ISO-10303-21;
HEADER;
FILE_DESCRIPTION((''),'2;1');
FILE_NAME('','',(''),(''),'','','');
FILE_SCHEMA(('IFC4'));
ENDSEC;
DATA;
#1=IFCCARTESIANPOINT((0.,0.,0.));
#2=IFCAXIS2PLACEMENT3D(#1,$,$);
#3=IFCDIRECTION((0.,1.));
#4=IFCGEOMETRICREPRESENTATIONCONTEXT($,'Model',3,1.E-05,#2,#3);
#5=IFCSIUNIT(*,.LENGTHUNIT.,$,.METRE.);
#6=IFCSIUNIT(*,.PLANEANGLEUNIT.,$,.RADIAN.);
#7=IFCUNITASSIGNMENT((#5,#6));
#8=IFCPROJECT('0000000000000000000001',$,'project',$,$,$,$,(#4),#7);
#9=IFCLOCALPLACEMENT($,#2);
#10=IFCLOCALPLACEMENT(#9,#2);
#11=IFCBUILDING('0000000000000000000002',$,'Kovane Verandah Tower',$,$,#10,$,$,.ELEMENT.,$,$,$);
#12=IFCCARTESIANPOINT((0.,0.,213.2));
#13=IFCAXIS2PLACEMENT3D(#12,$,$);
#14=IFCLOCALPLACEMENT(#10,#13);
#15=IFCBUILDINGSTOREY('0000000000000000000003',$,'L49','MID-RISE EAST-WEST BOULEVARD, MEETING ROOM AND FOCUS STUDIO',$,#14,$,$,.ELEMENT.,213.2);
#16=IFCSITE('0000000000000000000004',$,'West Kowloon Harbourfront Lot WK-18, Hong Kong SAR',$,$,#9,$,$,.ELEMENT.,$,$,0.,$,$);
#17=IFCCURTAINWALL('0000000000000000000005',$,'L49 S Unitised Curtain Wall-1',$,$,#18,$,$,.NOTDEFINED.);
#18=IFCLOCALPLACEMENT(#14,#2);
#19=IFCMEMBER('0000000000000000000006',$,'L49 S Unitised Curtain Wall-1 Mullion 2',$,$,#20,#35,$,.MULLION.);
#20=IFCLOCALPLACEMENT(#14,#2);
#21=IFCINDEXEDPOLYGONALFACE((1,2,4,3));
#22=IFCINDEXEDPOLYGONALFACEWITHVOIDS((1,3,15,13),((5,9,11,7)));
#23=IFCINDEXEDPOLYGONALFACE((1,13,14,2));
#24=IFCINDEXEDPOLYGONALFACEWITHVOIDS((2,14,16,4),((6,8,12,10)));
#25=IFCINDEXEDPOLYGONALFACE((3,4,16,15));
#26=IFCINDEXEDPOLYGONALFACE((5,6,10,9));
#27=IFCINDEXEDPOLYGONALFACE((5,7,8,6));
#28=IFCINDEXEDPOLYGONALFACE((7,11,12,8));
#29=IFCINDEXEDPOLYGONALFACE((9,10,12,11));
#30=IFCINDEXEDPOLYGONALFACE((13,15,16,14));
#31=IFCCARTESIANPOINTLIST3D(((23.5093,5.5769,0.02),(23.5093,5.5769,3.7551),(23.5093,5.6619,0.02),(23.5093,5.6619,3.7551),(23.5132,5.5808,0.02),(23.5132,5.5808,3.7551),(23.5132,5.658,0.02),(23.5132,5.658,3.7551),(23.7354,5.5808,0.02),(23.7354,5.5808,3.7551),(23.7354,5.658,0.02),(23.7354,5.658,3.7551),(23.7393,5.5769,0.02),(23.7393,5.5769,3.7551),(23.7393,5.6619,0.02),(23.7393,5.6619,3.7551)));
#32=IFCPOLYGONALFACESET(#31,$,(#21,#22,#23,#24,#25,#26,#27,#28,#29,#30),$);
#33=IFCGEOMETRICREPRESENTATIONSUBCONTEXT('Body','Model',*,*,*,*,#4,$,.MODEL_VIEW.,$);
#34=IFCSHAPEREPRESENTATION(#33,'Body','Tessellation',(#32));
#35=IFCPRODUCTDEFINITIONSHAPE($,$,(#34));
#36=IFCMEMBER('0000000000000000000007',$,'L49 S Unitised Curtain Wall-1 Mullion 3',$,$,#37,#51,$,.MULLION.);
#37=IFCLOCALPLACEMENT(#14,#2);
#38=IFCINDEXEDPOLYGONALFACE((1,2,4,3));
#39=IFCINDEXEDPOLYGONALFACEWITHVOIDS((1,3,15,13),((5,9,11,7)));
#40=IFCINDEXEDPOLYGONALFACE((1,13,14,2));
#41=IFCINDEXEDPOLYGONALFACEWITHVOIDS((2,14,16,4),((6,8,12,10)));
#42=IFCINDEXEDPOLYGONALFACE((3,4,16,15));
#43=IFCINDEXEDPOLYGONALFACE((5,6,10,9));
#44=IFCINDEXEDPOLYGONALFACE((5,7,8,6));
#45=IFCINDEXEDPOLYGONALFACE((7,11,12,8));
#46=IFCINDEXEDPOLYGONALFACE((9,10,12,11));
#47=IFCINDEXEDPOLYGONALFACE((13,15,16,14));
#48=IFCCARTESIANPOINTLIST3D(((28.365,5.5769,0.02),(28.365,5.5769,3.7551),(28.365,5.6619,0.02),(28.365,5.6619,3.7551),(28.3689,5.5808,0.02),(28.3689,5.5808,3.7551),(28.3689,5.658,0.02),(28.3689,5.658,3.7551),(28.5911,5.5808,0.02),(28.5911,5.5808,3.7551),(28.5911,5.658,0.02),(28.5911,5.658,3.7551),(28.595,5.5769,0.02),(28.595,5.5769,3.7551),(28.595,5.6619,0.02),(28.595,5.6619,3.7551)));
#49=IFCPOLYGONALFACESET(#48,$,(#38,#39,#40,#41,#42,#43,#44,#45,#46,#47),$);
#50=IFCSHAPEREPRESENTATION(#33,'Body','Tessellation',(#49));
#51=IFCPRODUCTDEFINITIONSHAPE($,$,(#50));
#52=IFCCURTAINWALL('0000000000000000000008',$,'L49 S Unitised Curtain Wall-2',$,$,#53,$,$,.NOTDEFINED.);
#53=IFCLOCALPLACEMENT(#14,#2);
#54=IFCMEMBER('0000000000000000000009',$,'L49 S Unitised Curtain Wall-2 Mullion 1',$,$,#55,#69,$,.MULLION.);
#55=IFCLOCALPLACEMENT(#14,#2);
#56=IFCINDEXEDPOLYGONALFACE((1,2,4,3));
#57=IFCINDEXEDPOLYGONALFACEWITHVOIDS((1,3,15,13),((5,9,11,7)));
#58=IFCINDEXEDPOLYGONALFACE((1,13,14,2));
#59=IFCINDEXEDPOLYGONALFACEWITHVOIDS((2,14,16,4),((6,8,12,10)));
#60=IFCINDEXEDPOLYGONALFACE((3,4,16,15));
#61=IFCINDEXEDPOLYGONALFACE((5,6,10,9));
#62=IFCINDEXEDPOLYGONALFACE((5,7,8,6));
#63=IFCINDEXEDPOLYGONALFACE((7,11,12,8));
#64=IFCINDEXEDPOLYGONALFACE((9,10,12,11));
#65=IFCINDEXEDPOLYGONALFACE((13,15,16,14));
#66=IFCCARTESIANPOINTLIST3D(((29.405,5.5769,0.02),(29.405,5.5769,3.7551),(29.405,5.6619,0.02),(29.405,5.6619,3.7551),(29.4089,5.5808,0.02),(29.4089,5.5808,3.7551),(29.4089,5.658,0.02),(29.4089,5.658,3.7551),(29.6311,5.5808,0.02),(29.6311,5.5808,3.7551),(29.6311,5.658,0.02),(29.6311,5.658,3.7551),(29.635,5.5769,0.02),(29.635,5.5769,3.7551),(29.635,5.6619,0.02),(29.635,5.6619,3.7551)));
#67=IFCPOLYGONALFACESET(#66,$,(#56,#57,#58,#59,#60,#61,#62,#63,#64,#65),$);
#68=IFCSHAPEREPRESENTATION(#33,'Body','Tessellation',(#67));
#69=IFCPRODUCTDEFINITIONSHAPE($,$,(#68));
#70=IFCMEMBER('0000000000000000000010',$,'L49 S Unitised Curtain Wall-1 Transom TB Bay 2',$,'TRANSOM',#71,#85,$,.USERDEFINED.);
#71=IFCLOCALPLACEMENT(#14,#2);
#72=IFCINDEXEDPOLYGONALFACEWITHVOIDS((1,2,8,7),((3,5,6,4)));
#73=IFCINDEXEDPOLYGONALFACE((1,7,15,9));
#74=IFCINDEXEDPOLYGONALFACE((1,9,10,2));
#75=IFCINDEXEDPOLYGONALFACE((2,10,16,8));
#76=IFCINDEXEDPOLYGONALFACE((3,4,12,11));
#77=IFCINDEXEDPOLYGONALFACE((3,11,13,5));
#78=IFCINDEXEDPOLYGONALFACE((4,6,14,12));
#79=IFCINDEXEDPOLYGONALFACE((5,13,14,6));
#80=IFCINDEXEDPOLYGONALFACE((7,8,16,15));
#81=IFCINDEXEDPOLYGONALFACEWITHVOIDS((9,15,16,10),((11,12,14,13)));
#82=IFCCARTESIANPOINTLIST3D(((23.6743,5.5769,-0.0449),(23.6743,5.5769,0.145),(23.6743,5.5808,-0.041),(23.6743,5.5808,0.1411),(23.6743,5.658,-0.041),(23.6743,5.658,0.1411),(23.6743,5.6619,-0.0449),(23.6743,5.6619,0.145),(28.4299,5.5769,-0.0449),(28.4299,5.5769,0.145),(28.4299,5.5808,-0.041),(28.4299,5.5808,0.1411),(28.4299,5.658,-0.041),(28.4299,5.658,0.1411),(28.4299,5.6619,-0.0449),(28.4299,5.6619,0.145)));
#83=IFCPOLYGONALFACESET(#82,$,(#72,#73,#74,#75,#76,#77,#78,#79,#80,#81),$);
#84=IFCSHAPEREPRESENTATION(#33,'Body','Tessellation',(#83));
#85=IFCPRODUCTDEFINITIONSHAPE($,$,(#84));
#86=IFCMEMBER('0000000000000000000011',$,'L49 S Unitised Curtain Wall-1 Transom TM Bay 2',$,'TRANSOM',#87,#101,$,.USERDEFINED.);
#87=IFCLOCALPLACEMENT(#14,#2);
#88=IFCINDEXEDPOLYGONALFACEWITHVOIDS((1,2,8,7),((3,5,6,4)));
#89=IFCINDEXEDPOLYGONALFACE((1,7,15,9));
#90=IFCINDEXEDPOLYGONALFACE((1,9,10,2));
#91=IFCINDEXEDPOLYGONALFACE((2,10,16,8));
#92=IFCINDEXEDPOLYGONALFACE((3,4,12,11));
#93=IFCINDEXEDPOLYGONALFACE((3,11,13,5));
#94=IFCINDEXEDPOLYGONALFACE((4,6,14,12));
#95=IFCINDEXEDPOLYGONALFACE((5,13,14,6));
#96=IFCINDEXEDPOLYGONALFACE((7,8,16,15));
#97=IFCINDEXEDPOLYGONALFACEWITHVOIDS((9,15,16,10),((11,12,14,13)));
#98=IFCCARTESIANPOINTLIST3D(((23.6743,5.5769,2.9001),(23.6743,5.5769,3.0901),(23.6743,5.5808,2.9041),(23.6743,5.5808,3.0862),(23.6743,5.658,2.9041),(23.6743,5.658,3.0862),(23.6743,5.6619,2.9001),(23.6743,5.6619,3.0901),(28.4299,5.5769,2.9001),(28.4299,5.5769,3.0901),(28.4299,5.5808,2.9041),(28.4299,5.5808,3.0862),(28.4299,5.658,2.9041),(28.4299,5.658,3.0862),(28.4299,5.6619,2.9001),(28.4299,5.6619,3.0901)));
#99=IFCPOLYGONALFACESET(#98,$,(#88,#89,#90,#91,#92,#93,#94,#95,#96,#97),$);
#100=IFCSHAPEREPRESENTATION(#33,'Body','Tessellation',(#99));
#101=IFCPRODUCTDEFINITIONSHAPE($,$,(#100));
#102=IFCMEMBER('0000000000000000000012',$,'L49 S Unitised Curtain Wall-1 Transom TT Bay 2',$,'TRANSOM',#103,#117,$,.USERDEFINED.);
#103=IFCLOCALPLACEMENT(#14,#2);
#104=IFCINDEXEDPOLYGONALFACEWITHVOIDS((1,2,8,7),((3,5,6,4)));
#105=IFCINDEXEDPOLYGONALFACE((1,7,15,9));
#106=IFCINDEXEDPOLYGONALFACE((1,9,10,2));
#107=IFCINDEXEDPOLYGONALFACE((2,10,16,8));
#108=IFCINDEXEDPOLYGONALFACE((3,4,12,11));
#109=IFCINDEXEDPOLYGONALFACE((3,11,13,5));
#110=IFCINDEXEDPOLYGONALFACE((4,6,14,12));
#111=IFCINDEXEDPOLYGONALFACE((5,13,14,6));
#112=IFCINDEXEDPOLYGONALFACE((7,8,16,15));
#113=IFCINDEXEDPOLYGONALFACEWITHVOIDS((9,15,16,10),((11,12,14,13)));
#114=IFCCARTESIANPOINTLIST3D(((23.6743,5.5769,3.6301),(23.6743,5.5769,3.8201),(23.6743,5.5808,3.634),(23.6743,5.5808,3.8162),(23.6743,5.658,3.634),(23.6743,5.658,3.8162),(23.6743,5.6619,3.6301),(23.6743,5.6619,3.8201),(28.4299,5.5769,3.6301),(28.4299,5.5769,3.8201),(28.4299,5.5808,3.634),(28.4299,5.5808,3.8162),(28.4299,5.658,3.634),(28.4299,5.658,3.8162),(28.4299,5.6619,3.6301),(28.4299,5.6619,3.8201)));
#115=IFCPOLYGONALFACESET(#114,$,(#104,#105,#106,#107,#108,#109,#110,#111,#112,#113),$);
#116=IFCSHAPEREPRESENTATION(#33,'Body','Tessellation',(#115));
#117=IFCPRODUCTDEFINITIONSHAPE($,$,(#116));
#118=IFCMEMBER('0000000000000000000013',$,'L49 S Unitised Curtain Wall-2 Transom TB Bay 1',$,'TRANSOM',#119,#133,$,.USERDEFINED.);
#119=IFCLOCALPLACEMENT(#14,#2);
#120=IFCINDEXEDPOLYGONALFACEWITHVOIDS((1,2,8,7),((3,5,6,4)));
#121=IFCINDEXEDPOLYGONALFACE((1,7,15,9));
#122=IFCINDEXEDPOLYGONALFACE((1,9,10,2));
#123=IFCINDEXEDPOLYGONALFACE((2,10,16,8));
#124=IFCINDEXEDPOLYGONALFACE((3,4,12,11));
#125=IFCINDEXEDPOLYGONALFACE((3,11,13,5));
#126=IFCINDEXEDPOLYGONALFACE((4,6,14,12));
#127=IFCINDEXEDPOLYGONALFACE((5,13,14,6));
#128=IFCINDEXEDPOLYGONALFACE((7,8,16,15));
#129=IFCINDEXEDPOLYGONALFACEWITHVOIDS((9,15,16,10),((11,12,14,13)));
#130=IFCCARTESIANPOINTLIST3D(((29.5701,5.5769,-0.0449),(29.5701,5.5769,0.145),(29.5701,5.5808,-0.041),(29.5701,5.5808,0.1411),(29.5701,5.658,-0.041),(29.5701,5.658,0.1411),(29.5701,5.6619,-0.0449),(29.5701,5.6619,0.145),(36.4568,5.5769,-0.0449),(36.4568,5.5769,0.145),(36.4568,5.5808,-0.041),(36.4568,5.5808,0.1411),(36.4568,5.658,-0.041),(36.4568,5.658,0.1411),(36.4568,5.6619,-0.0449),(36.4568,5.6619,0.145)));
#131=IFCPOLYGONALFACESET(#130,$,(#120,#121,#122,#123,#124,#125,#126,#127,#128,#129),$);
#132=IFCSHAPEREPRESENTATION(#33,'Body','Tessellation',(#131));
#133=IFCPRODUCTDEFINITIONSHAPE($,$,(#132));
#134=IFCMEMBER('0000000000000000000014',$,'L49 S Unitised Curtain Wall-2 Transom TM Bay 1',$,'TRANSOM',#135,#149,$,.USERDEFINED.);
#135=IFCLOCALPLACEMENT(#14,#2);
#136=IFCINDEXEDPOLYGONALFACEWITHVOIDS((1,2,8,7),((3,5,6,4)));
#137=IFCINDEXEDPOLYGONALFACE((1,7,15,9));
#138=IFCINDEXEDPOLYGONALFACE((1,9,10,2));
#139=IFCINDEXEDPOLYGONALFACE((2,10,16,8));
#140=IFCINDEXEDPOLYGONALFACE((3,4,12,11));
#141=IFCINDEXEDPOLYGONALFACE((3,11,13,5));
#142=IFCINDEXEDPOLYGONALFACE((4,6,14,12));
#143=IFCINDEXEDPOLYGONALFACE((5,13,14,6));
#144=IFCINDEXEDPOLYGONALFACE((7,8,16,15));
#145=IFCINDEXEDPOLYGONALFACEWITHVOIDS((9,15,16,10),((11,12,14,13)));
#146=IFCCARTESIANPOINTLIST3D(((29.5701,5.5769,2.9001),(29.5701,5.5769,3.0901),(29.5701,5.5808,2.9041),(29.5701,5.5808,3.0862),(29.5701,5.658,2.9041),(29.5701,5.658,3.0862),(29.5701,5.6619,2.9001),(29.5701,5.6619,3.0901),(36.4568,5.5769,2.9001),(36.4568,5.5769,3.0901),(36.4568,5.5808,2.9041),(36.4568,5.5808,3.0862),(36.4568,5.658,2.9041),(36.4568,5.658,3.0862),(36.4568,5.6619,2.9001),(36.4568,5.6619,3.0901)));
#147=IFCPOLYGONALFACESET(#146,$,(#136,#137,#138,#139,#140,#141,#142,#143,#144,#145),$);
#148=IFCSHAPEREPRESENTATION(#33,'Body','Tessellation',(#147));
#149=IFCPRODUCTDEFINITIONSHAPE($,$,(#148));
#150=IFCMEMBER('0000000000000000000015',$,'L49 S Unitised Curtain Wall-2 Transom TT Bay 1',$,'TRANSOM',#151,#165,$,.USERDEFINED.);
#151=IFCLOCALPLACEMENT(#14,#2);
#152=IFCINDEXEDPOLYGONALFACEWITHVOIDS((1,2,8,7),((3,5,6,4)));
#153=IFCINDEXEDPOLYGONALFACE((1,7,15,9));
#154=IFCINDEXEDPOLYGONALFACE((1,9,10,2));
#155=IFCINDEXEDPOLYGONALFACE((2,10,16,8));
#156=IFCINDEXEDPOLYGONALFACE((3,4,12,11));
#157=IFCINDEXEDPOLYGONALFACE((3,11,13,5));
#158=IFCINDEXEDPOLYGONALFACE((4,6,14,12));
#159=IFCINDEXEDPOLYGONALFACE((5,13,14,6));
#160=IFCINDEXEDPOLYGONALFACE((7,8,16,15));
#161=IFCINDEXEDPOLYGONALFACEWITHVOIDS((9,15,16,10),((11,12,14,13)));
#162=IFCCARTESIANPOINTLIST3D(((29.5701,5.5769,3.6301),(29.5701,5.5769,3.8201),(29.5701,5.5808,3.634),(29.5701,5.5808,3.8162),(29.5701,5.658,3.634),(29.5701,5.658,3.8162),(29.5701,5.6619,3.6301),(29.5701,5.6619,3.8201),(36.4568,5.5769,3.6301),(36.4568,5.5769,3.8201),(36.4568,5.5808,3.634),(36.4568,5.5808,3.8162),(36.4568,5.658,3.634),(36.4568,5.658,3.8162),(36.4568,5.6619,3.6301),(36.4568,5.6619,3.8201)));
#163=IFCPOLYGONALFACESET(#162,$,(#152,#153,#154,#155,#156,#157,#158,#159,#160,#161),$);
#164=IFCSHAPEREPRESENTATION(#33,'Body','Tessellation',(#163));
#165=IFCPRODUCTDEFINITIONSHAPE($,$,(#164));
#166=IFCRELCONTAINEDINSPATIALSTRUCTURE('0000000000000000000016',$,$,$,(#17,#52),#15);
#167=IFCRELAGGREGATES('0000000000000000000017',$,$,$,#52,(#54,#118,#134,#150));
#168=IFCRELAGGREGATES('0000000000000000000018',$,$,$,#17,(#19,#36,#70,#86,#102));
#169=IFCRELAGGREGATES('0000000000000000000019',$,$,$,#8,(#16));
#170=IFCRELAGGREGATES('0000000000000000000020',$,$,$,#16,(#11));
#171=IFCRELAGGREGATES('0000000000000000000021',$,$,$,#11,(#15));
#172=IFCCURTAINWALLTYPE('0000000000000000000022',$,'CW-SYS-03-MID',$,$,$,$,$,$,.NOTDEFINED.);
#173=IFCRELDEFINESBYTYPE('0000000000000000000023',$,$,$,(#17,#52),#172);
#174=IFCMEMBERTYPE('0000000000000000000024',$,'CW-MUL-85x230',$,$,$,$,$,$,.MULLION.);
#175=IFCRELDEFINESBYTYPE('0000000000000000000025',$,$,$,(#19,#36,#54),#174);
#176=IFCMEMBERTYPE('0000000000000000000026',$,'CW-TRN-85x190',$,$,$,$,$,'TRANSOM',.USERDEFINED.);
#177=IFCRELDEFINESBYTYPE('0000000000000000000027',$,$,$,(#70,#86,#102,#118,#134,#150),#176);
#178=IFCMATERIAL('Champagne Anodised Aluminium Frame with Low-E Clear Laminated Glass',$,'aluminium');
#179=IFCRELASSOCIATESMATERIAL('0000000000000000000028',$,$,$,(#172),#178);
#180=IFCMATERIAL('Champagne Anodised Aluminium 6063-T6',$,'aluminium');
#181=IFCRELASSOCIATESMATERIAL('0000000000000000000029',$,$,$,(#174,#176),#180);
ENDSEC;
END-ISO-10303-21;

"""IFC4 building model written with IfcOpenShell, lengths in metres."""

from ifc_helpers import new_model, si_unit, direction, frame, origin, origin_2d, place, context, subcontext, project, spatial, hollow_rectangle, extrude, material, material_profile, profile_set, type_object, element, aggregate, save


model = new_model("IFC4")

# Units and contexts
model_context = context("Model", 3, precision=1e-05, world=origin(), true_north=direction((0.0, 1.0)))
body_context = subcontext(model_context, "Body", "Model", "MODEL_VIEW")
ifc_project = project(units=[si_unit("LENGTHUNIT", "METRE"), si_unit("PLANEANGLEUNIT", "RADIAN")], contexts=[model_context])

# Site, building, storey
site_placement = place(None, origin())
site = spatial("IfcSite", under=ifc_project, at=site_placement, Name="West Kowloon Harbourfront Lot WK-18, Hong Kong SAR", CompositionType="ELEMENT", RefElevation=0.0)
building_placement = place(site_placement, origin())
building = spatial("IfcBuilding", under=site, at=building_placement, Name="Kovane Verandah Tower", CompositionType="ELEMENT")
storey_placement = place(building_placement, frame((0.0, 0.0, 213.2)))
storey = spatial("IfcBuildingStorey", under=building, at=storey_placement, Name="L49", Description="MID-RISE EAST-WEST BOULEVARD, MEETING ROOM AND FOCUS STUDIO", CompositionType="ELEMENT", Elevation=213.2)

# Curtain wall, members
ifc_material_1 = material(Name="Champagne Anodised Aluminium Frame with Low-E Clear Laminated Glass", Category="aluminium")
curtain_wall_type = type_object("IfcCurtainWallType", Name="CW-SYS-03-MID", PredefinedType="NOTDEFINED", material=ifc_material_1)
curtain_wall_1_placement = place(storey_placement, origin())
curtain_wall_1 = element("IfcCurtainWall", 1, at=curtain_wall_1_placement, inside=storey, type_object=curtain_wall_type, Name="L49 S Unitised Curtain Wall-1", PredefinedType="NOTDEFINED")
ifc_material_2 = material(Name="Champagne Anodised Aluminium 6063-T6", Category="aluminium")
ifc_material_profile_1 = material_profile(ifc_material_2, hollow_rectangle(XDim=0.085, YDim=0.23, WallThickness=0.0039, at=origin_2d()), Name="AL85x230x4")
ifc_profile_set_1 = profile_set([ifc_material_profile_1], Name="Champagne Anodised Aluminium 6063-T6")
member_type_1 = type_object("IfcMemberType", Name="CW-MUL-85x230", PredefinedType="MULLION", material=ifc_profile_set_1)
member_1_placement = place(storey_placement, frame((23.6243, 5.6194, 0.02), z_axis=(0.0, 0.0, 1.0), x_axis=(0.0, -1.0, 0.0)))
member_1 = element("IfcMember", 2, at=member_1_placement, type_object=member_type_1, Name="L49 S Unitised Curtain Wall-1 Mullion 2", PredefinedType="MULLION", context=body_context, shape_type="SweptSolid", body=[
    extrude(hollow_rectangle(XDim=0.085, YDim=0.23, WallThickness=0.0039, at=origin_2d()), origin(), (0.0, 0.0, 1.0), 3.7351),
])
member_2_placement = place(storey_placement, frame((28.48, 5.6194, 0.02), z_axis=(0.0, 0.0, 1.0), x_axis=(0.0, -1.0, 0.0)))
member_2 = element("IfcMember", 3, at=member_2_placement, type_object=member_type_1, Name="L49 S Unitised Curtain Wall-1 Mullion 3", PredefinedType="MULLION", context=body_context, shape_type="SweptSolid", body=[
    extrude(hollow_rectangle(XDim=0.085, YDim=0.23, WallThickness=0.0039, at=origin_2d()), origin(), (0.0, 0.0, 1.0), 3.7351),
])

# Curtain wall, member
curtain_wall_2_placement = place(storey_placement, origin())
curtain_wall_2 = element("IfcCurtainWall", 4, at=curtain_wall_2_placement, inside=storey, type_object=curtain_wall_type, Name="L49 S Unitised Curtain Wall-2", PredefinedType="NOTDEFINED")
member_3_placement = place(storey_placement, frame((29.52, 5.6194, 0.02), z_axis=(0.0, 0.0, 1.0), x_axis=(0.0, -1.0, 0.0)))
member_3 = element("IfcMember", 5, at=member_3_placement, type_object=member_type_1, Name="L49 S Unitised Curtain Wall-2 Mullion 1", PredefinedType="MULLION", context=body_context, shape_type="SweptSolid", body=[
    extrude(hollow_rectangle(XDim=0.085, YDim=0.23, WallThickness=0.0039, at=origin_2d()), origin(), (0.0, 0.0, 1.0), 3.7351),
])

# Members
ifc_material_profile_2 = material_profile(ifc_material_2, hollow_rectangle(XDim=0.085, YDim=0.1899, WallThickness=0.0039, at=origin_2d()), Name="AL85x190x4")
ifc_profile_set_2 = profile_set([ifc_material_profile_2], Name="Champagne Anodised Aluminium 6063-T6")
member_type_2 = type_object("IfcMemberType", Name="CW-TRN-85x190", ElementType="TRANSOM", PredefinedType="USERDEFINED", material=ifc_profile_set_2)
member_4_placement = place(storey_placement, frame((23.6743, 5.6194, 0.05), z_axis=(1.0, 0.0, 0.0), x_axis=(0.0, 1.0, 0.0)))
member_4 = element("IfcMember", 6, at=member_4_placement, type_object=member_type_2, Name="L49 S Unitised Curtain Wall-1 Transom TB Bay 2", ObjectType="TRANSOM", PredefinedType="USERDEFINED", context=body_context, shape_type="SweptSolid", body=[
    extrude(hollow_rectangle(XDim=0.085, YDim=0.1899, WallThickness=0.0039, at=origin_2d()), origin(), (0.0, 0.0, 1.0), 4.7556),
])
member_5_placement = place(storey_placement, frame((23.6743, 5.6194, 2.9951), z_axis=(1.0, 0.0, 0.0), x_axis=(0.0, 1.0, 0.0)))
member_5 = element("IfcMember", 7, at=member_5_placement, type_object=member_type_2, Name="L49 S Unitised Curtain Wall-1 Transom TM Bay 2", ObjectType="TRANSOM", PredefinedType="USERDEFINED", context=body_context, shape_type="SweptSolid", body=[
    extrude(hollow_rectangle(XDim=0.085, YDim=0.1899, WallThickness=0.0039, at=origin_2d()), origin(), (0.0, 0.0, 1.0), 4.7556),
])
member_6_placement = place(storey_placement, frame((23.6743, 5.6194, 3.7251), z_axis=(1.0, 0.0, 0.0), x_axis=(0.0, 1.0, 0.0)))
member_6 = element("IfcMember", 8, at=member_6_placement, type_object=member_type_2, Name="L49 S Unitised Curtain Wall-1 Transom TT Bay 2", ObjectType="TRANSOM", PredefinedType="USERDEFINED", context=body_context, shape_type="SweptSolid", body=[
    extrude(hollow_rectangle(XDim=0.085, YDim=0.1899, WallThickness=0.0039, at=origin_2d()), origin(), (0.0, 0.0, 1.0), 4.7556),
])
member_7_placement = place(storey_placement, frame((29.5701, 5.6194, 0.05), z_axis=(1.0, 0.0, 0.0), x_axis=(0.0, 1.0, 0.0)))
member_7 = element("IfcMember", 9, at=member_7_placement, type_object=member_type_2, Name="L49 S Unitised Curtain Wall-2 Transom TB Bay 1", ObjectType="TRANSOM", PredefinedType="USERDEFINED", context=body_context, shape_type="SweptSolid", body=[
    extrude(hollow_rectangle(XDim=0.085, YDim=0.1899, WallThickness=0.0039, at=origin_2d()), origin(), (0.0, 0.0, 1.0), 6.8867),
])
member_8_placement = place(storey_placement, frame((29.5701, 5.6194, 2.9951), z_axis=(1.0, 0.0, 0.0), x_axis=(0.0, 1.0, 0.0)))
member_8 = element("IfcMember", 10, at=member_8_placement, type_object=member_type_2, Name="L49 S Unitised Curtain Wall-2 Transom TM Bay 1", ObjectType="TRANSOM", PredefinedType="USERDEFINED", context=body_context, shape_type="SweptSolid", body=[
    extrude(hollow_rectangle(XDim=0.085, YDim=0.1899, WallThickness=0.0039, at=origin_2d()), origin(), (0.0, 0.0, 1.0), 6.8867),
])
member_9_placement = place(storey_placement, frame((29.5701, 5.6194, 3.7251), z_axis=(1.0, 0.0, 0.0), x_axis=(0.0, 1.0, 0.0)))
member_9 = element("IfcMember", 11, at=member_9_placement, type_object=member_type_2, Name="L49 S Unitised Curtain Wall-2 Transom TT Bay 1", ObjectType="TRANSOM", PredefinedType="USERDEFINED", context=body_context, shape_type="SweptSolid", body=[
    extrude(hollow_rectangle(XDim=0.085, YDim=0.1899, WallThickness=0.0039, at=origin_2d()), origin(), (0.0, 0.0, 1.0), 6.8867),
])
aggregate(curtain_wall_2, [member_3, member_7, member_8, member_9])

aggregate(curtain_wall_1, [member_1, member_2, member_4, member_5, member_6])

save(model, "model.ifc")
